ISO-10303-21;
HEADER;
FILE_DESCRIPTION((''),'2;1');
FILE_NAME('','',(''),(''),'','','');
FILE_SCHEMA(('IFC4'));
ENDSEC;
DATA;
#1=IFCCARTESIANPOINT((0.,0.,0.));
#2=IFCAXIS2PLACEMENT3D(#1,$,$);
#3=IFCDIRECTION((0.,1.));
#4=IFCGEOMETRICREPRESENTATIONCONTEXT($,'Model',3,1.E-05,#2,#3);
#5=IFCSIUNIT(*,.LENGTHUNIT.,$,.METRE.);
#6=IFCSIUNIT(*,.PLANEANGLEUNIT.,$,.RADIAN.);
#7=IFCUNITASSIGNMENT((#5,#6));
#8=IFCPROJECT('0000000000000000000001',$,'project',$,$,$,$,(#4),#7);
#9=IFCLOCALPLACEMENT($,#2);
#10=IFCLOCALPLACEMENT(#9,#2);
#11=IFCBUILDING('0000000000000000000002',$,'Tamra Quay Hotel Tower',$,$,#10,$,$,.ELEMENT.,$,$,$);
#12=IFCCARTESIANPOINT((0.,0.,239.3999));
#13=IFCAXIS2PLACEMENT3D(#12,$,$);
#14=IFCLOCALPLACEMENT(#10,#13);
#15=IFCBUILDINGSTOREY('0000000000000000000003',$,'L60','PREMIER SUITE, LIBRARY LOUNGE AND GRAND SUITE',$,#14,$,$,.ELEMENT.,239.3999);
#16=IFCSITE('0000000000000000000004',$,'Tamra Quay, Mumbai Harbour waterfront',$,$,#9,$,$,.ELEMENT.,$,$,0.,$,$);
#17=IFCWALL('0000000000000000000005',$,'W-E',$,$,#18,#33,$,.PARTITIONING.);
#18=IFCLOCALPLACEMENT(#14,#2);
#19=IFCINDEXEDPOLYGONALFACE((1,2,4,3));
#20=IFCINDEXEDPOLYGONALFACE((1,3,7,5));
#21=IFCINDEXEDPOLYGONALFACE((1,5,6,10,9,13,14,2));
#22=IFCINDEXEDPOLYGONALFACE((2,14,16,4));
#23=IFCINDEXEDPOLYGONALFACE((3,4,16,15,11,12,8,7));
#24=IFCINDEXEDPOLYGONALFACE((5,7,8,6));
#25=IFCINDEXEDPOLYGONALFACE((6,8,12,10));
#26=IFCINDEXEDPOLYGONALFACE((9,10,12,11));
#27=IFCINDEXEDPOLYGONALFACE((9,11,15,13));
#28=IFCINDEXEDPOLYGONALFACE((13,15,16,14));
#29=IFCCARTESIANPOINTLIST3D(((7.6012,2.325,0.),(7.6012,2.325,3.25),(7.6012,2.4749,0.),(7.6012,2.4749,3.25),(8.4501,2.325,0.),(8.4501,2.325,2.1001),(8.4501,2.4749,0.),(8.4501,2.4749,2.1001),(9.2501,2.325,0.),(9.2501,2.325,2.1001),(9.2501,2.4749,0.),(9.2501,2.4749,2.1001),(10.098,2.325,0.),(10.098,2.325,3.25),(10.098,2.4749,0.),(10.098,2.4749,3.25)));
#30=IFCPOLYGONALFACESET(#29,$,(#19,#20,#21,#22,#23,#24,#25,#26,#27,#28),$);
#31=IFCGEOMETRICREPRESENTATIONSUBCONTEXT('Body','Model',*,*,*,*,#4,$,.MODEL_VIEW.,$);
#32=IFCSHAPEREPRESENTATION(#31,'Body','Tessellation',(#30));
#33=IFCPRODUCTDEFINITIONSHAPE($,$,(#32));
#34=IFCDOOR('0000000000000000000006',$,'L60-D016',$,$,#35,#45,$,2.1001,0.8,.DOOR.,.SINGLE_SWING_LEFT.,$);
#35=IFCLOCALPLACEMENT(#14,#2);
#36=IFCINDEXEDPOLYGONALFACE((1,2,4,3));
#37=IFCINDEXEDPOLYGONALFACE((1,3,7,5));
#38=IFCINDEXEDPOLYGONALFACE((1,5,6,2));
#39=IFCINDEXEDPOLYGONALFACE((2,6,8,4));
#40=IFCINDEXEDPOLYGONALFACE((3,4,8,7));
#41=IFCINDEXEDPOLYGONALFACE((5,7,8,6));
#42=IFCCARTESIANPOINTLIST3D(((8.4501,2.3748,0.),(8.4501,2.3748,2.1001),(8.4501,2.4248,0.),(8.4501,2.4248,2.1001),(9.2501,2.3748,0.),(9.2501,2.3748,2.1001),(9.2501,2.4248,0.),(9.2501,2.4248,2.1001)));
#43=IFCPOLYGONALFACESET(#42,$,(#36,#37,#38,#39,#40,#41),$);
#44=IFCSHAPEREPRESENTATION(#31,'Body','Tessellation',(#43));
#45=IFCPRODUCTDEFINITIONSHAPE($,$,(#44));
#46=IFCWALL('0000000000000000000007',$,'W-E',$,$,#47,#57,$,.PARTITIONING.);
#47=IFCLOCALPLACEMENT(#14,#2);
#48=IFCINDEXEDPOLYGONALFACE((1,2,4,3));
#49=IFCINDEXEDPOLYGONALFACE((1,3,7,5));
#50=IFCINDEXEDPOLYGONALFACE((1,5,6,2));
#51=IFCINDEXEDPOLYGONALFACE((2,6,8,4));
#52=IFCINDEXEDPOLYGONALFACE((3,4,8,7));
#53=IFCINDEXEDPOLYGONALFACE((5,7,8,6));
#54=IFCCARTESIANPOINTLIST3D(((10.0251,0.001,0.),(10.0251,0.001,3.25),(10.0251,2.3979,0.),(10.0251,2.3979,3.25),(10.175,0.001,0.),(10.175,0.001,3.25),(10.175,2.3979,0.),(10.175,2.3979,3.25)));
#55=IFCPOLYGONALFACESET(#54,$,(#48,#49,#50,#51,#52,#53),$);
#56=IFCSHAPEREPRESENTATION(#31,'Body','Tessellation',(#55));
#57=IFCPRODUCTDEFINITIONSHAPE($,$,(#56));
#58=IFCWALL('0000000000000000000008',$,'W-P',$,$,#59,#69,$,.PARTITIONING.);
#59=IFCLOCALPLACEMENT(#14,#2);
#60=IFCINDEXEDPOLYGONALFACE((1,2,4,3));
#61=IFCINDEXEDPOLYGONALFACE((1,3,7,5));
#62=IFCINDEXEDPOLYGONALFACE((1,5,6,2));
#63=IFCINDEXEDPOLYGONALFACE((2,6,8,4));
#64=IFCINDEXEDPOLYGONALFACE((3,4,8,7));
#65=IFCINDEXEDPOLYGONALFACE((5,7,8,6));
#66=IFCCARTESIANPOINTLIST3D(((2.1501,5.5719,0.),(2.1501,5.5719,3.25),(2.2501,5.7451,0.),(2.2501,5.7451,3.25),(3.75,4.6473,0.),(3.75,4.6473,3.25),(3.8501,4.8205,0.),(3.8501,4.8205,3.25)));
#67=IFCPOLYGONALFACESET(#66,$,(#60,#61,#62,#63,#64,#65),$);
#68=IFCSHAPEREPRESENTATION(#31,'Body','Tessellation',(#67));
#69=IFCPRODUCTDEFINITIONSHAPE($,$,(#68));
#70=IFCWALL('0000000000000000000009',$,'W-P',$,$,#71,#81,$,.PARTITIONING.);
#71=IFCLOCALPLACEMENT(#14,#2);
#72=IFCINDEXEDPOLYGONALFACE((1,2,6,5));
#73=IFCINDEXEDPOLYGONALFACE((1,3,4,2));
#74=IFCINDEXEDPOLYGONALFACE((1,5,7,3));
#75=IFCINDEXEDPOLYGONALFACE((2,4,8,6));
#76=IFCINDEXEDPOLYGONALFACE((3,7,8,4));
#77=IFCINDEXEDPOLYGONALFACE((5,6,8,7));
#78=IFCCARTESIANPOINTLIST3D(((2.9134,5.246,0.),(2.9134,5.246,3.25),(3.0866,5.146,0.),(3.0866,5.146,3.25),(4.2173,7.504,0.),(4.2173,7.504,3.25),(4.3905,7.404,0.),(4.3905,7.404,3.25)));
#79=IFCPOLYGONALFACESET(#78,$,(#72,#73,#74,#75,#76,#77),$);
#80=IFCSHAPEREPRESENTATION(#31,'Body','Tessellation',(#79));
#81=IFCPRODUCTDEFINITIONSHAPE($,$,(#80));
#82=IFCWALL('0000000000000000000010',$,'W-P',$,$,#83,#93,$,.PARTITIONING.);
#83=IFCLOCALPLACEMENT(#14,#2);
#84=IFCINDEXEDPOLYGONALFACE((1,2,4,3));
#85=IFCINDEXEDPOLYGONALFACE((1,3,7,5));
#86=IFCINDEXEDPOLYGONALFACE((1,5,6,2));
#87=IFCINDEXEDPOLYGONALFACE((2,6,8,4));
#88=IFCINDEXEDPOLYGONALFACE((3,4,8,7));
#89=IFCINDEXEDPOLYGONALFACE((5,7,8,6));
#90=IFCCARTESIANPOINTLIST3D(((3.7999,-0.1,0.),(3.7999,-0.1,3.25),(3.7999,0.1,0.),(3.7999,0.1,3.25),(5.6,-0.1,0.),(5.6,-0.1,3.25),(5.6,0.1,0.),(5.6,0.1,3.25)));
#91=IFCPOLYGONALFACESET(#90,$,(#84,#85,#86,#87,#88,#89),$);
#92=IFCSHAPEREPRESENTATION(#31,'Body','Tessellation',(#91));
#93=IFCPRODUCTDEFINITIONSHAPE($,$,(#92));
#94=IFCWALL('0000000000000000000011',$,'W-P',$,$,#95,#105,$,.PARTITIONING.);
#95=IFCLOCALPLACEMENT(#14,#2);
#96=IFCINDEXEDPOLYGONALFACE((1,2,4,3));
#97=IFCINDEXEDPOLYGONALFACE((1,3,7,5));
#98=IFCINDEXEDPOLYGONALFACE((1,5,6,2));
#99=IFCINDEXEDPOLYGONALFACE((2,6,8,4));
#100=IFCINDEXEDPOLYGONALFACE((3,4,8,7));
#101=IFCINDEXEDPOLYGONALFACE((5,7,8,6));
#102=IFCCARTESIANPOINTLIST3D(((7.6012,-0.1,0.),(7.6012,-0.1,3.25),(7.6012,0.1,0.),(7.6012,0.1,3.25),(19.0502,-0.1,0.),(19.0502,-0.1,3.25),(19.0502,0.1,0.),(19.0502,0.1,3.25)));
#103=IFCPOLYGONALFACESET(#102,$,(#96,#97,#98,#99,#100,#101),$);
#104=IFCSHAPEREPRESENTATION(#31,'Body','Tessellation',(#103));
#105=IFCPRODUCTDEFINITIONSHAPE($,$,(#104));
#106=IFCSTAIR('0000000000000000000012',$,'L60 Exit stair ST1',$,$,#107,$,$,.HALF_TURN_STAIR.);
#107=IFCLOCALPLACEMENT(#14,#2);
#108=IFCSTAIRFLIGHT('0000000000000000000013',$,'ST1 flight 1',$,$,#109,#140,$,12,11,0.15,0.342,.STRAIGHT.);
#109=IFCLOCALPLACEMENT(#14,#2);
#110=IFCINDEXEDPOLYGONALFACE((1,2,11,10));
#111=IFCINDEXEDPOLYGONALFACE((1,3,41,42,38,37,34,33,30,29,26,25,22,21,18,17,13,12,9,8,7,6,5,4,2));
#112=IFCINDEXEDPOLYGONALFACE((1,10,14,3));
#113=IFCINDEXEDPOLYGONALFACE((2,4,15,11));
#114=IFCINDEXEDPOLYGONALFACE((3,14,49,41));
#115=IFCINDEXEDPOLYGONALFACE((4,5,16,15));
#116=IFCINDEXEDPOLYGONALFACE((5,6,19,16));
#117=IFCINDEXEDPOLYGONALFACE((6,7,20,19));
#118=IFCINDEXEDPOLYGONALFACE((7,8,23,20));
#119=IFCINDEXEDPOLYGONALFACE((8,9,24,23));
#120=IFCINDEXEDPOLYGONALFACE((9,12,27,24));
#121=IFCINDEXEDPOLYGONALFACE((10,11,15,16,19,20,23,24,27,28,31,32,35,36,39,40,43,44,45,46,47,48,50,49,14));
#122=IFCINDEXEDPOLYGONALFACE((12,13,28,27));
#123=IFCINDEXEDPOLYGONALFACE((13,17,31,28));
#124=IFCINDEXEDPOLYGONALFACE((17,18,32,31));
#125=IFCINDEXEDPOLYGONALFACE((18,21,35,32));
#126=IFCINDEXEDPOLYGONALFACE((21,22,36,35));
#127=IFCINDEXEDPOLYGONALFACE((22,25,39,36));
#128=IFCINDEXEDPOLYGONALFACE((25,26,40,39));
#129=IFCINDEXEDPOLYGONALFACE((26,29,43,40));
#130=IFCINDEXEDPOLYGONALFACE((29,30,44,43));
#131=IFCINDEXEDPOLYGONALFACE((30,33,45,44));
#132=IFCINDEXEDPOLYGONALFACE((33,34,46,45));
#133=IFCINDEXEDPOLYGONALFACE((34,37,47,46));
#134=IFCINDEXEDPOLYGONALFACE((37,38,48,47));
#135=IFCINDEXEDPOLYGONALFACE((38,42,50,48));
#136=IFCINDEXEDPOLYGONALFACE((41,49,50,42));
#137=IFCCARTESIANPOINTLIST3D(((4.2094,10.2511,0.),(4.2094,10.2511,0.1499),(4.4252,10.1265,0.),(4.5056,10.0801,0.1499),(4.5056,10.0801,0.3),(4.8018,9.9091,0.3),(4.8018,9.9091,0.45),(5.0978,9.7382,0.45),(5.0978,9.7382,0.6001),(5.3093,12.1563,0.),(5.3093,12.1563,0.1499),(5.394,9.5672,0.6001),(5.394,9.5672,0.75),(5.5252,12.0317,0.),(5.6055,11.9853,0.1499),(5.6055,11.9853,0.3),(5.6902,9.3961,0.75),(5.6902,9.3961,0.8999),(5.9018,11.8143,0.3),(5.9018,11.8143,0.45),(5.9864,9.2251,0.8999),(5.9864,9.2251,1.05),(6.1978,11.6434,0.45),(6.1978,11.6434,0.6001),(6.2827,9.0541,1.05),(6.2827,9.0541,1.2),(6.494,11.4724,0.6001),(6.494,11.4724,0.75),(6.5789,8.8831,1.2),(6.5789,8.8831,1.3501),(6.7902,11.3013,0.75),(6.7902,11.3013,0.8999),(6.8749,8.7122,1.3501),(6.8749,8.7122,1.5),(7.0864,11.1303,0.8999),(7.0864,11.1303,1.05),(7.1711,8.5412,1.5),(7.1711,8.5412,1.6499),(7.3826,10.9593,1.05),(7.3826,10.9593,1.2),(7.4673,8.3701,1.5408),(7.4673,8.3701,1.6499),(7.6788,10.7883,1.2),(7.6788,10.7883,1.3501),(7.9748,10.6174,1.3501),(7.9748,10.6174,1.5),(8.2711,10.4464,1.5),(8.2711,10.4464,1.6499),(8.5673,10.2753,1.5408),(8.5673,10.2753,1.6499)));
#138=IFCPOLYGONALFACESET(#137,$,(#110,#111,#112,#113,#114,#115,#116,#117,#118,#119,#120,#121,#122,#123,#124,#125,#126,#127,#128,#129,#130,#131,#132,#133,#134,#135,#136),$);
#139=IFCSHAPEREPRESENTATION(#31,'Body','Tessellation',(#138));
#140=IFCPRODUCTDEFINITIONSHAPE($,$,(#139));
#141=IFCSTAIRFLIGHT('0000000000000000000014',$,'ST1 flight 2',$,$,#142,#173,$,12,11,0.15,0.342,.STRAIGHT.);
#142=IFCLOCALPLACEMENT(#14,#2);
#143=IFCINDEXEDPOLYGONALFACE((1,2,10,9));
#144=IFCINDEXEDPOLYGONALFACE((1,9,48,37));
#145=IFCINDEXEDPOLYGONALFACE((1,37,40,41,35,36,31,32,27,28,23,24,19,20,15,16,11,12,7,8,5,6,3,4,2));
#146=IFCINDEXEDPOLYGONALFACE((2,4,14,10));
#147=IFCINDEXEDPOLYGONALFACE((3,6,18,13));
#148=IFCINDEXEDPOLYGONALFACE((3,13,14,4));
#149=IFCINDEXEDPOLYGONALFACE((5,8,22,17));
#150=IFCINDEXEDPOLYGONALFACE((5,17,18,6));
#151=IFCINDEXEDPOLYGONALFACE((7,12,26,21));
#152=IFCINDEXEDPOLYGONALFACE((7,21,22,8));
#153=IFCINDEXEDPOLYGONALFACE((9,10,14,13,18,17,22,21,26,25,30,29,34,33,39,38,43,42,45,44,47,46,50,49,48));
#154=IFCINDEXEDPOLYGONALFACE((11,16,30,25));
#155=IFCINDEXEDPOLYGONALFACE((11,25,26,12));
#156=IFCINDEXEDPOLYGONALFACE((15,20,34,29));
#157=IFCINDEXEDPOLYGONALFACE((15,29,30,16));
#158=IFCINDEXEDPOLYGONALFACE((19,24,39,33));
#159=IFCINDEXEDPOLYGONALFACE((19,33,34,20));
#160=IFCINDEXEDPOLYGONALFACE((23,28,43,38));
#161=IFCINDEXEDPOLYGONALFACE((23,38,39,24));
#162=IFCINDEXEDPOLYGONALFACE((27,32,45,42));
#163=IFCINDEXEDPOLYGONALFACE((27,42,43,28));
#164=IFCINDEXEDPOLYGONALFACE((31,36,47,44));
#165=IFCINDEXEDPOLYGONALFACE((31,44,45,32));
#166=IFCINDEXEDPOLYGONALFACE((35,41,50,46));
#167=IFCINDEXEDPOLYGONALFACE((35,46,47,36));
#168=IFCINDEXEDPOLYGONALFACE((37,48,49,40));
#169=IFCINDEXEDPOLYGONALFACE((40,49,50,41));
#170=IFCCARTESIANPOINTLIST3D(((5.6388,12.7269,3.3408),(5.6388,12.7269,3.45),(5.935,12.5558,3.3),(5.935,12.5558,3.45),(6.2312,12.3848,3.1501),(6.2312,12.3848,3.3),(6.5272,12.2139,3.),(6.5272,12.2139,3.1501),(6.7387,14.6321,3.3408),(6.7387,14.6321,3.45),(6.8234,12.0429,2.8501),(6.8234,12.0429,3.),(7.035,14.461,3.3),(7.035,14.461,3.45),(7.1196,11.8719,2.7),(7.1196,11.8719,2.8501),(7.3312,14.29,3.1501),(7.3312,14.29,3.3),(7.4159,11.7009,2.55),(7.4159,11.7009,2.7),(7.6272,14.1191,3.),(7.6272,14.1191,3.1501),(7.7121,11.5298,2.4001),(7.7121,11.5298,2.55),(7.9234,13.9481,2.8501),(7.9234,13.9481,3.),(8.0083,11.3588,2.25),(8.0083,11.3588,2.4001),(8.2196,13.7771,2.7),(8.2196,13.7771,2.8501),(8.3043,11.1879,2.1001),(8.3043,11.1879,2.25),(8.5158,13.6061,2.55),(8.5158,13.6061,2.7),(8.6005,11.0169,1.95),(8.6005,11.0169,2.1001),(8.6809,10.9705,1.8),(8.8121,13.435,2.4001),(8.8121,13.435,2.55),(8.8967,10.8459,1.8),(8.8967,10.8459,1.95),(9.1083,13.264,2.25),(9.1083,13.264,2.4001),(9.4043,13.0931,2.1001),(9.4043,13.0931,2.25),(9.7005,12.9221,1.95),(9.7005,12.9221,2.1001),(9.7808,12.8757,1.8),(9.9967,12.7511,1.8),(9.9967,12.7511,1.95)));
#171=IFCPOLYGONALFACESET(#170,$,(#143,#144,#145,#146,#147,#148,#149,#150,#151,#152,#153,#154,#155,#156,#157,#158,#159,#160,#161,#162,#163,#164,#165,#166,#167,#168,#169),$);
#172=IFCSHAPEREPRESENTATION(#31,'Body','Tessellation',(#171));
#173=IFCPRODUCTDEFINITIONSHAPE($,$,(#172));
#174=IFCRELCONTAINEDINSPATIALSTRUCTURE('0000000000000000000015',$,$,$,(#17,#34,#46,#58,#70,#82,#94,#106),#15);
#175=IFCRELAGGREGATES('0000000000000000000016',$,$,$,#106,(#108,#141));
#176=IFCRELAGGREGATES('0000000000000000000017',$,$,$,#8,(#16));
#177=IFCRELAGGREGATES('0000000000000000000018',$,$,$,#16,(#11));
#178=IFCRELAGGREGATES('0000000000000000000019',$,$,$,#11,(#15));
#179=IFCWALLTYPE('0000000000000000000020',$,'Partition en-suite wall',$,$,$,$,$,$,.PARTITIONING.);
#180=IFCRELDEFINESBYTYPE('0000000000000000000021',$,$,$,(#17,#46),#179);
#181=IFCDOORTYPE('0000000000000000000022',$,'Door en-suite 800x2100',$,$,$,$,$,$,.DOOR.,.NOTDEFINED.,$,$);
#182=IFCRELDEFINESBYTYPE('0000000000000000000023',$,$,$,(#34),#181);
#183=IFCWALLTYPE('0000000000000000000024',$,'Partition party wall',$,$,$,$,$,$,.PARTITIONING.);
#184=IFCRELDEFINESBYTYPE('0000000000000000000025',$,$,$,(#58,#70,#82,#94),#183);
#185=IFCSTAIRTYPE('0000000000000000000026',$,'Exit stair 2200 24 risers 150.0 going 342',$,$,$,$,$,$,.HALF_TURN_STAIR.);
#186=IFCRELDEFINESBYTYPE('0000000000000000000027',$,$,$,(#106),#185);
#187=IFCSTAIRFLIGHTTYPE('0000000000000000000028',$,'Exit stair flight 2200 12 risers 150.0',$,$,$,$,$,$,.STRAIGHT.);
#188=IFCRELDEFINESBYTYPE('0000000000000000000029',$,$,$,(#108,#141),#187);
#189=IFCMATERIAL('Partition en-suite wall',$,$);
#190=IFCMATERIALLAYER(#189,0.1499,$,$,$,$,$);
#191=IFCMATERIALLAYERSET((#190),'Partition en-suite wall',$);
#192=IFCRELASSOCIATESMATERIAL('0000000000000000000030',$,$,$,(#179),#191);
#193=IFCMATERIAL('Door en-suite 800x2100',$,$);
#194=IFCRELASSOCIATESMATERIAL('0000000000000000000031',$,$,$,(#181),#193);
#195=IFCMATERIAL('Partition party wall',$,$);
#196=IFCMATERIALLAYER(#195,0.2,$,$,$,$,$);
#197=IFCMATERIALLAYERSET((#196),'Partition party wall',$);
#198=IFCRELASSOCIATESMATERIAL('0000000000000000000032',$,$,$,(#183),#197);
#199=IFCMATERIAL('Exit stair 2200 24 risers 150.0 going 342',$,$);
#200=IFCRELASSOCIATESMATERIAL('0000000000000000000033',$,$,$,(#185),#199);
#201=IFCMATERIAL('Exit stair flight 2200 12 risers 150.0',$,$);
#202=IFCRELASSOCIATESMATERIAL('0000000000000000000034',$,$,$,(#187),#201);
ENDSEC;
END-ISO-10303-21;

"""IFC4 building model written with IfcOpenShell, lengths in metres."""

from ifc_helpers import new_model, si_unit, direction, frame, frame_2d, origin, place, context, subcontext, project, spatial, polyline, rectangle, outline, extrude, material, layer, layer_set, type_object, element, fill, aggregate, save


model = new_model("IFC4")

# Units and contexts
model_context = context("Model", 3, precision=1e-05, world=origin(), true_north=direction((0.0, 1.0)))
body_context = subcontext(model_context, "Body", "Model", "MODEL_VIEW")
ifc_project = project(units=[si_unit("LENGTHUNIT", "METRE"), si_unit("PLANEANGLEUNIT", "RADIAN")], contexts=[model_context])

# Site, building, storey
site_placement = place(None, origin())
site = spatial("IfcSite", under=ifc_project, at=site_placement, Name="Tamra Quay, Mumbai Harbour waterfront", CompositionType="ELEMENT", RefElevation=0.0)
building_placement = place(site_placement, origin())
building = spatial("IfcBuilding", under=site, at=building_placement, Name="Tamra Quay Hotel Tower", CompositionType="ELEMENT")
storey_placement = place(building_placement, frame((0.0, 0.0, 239.3999)))
storey = spatial("IfcBuildingStorey", under=building, at=storey_placement, Name="L60", Description="PREMIER SUITE, LIBRARY LOUNGE AND GRAND SUITE", CompositionType="ELEMENT", Elevation=239.3999)

# Wall, opening, door
ifc_material_1 = material(Name="Partition en-suite wall")
ifc_layer_1 = layer(ifc_material_1, 0.1499)
ifc_layer_set_1 = layer_set([ifc_layer_1], Name="Partition en-suite wall")
wall_type_1 = type_object("IfcWallType", Name="Partition en-suite wall", PredefinedType="PARTITIONING", material=ifc_layer_set_1)
wall_1_placement = place(storey_placement, frame((7.6011, 2.3999, 0.0), z_axis=(0.0, 0.0, 1.0), x_axis=(1.0, 0.0, 0.0)))
wall_1 = element("IfcWall", 1, at=wall_1_placement, inside=storey, type_object=wall_type_1, Name="W-E", PredefinedType="PARTITIONING", context=body_context, shape_type="SweptSolid", body=[
    extrude(rectangle(XDim=2.4968, YDim=0.1499, at=frame_2d((1.2485, 0.0))), origin(), (0.0, 0.0, 1.0), 3.25),
])
opening_1_placement = place(wall_1_placement, frame((0.8491, 0.0, 0.0)))
opening_1 = element("IfcOpeningElement", 2, at=opening_1_placement, cuts=wall_1, PredefinedType="OPENING", context=body_context, shape_type="SweptSolid", body=[
    extrude(rectangle(XDim=0.8, YDim=2.1001, at=frame_2d((0.3999, 1.05))), frame((0.0, 0.085, 0.0), z_axis=(0.0, -1.0, 0.0), x_axis=(1.0, 0.0, 0.0)), (0.0, 0.0, 1.0), 0.1699),
])
ifc_material_2 = material(Name="Door en-suite 800x2100")
door_type_1 = type_object("IfcDoorType", Name="Door en-suite 800x2100", OperationType="NOTDEFINED", PredefinedType="DOOR", material=ifc_material_2)
door_1_placement = place(opening_1_placement, origin())
door_1 = element("IfcDoor", 3, at=door_1_placement, inside=storey, type_object=door_type_1, Name="L60-D016", OperationType="SINGLE_SWING_LEFT", OverallHeight=2.1001, OverallWidth=0.8, PredefinedType="DOOR", context=body_context, shape_type="SweptSolid", body=[
    extrude(rectangle(XDim=0.8, YDim=2.1001, at=frame_2d((0.3999, 1.05))), frame((0.0, 0.0249, 0.0), z_axis=(0.0, -1.0, 0.0), x_axis=(1.0, 0.0, 0.0)), (0.0, 0.0, 1.0), 0.05),
])
fill(opening_1, door_1)

# Walls
wall_2_placement = place(storey_placement, frame((10.1001, 0.001, 0.0), z_axis=(0.0, 0.0, 1.0), x_axis=(0.0, 1.0, 0.0)))
element("IfcWall", 4, at=wall_2_placement, inside=storey, type_object=wall_type_1, Name="W-E", PredefinedType="PARTITIONING", context=body_context, shape_type="SweptSolid", body=[
    extrude(rectangle(XDim=2.397, YDim=0.1499, at=frame_2d((1.1985, 0.0))), origin(), (0.0, 0.0, 1.0), 3.25),
])
ifc_material_3 = material(Name="Partition party wall")
ifc_layer_2 = layer(ifc_material_3, 0.2)
ifc_layer_set_2 = layer_set([ifc_layer_2], Name="Partition party wall")
wall_type_2 = type_object("IfcWallType", Name="Partition party wall", PredefinedType="PARTITIONING", material=ifc_layer_set_2)
wall_3_placement = place(storey_placement, frame((2.2002, 5.6584, 0.0), z_axis=(0.0, 0.0, 1.0), x_axis=(0.865818, -0.500359, 0.0)))
element("IfcWall", 5, at=wall_3_placement, inside=storey, type_object=wall_type_2, Name="W-P", PredefinedType="PARTITIONING", context=body_context, shape_type="SweptSolid", body=[
    extrude(rectangle(XDim=1.8479, YDim=0.2, at=frame_2d((0.9238, 0.0))), origin(), (0.0, 0.0, 1.0), 3.25),
])
wall_4_placement = place(storey_placement, frame((3.0, 5.196, 0.0), z_axis=(0.0, 0.0, 1.0), x_axis=(0.500076, 0.865981, 0.0)))
element("IfcWall", 6, at=wall_4_placement, inside=storey, type_object=wall_type_2, Name="W-P", PredefinedType="PARTITIONING", context=body_context, shape_type="SweptSolid", body=[
    extrude(rectangle(XDim=2.6074, YDim=0.2, at=frame_2d((1.3037, 0.0))), origin(), (0.0, 0.0, 1.0), 3.25),
])
wall_5_placement = place(storey_placement, frame((3.8, 0.0, 0.0), z_axis=(0.0, 0.0, 1.0), x_axis=(1.0, 0.0, 0.0)))
element("IfcWall", 7, at=wall_5_placement, inside=storey, type_object=wall_type_2, Name="W-P", PredefinedType="PARTITIONING", context=body_context, shape_type="SweptSolid", body=[
    extrude(rectangle(XDim=1.8, YDim=0.2, at=frame_2d((0.8999, 0.0))), origin(), (0.0, 0.0, 1.0), 3.25),
])
wall_6_placement = place(storey_placement, frame((7.6011, 0.0, 0.0), z_axis=(0.0, 0.0, 1.0), x_axis=(1.0, 0.0, 0.0)))
element("IfcWall", 8, at=wall_6_placement, inside=storey, type_object=wall_type_2, Name="W-P", PredefinedType="PARTITIONING", context=body_context, shape_type="SweptSolid", body=[
    extrude(rectangle(XDim=11.449, YDim=0.2, at=frame_2d((5.7246, 0.0))), origin(), (0.0, 0.0, 1.0), 3.25),
])

# Stair, stair flights
ifc_material_4 = material(Name="Exit stair 2200 24 risers 150.0 going 342")
stair_type = type_object("IfcStairType", Name="Exit stair 2200 24 risers 150.0 going 342", PredefinedType="HALF_TURN_STAIR", material=ifc_material_4)
stair_placement = place(storey_placement, origin())
stair = element("IfcStair", 9, at=stair_placement, inside=storey, type_object=stair_type, Name="L60 Exit stair ST1", PredefinedType="HALF_TURN_STAIR")
ifc_material_5 = material(Name="Exit stair flight 2200 12 risers 150.0")
stair_flight_type = type_object("IfcStairFlightType", Name="Exit stair flight 2200 12 risers 150.0", PredefinedType="STRAIGHT", material=ifc_material_5)
stair_flight_1_placement = place(storey_placement, frame((4.7593, 11.2036, 0.0), z_axis=(0.0, 0.0, 1.0), x_axis=(0.866025, -0.5, 0.0)))
stair_flight_1 = element("IfcStairFlight", 10, at=stair_flight_1_placement, type_object=stair_flight_type, Name="ST1 flight 1", NumberOfRisers=12, NumberOfTreads=11, PredefinedType="STRAIGHT", RiserHeight=0.15, TreadLength=0.342, context=body_context, shape_type="SweptSolid", body=[
    extrude(outline(polyline([(0.0, 0.0), (0.0, 0.1499), (0.342, 0.1499), (0.342, 0.3), (0.6841, 0.3), (0.6841, 0.45), (1.0259, 0.45), (1.0259, 0.6001), (1.3679, 0.6001), (1.3679, 0.75), (1.71, 0.75), (1.71, 0.8999), (2.052, 0.8999), (2.052, 1.05), (2.394, 1.05), (2.394, 1.2), (2.7361, 1.2), (2.7361, 1.3501), (3.0779, 1.3501), (3.0779, 1.5), (3.4199, 1.5), (3.4199, 1.6499), (3.762, 1.6499), (3.762, 1.8), (3.762, 1.5408), (0.2493, 0.0), (0.0, 0.0)])), frame((0.0, 1.1001, 0.0), z_axis=(0.0, -1.0, 0.0), x_axis=(1.0, 0.0, 0.0)), (0.0, 0.0, 1.0), 2.2),
])
stair_flight_2_placement = place(storey_placement, frame((9.4468, 11.7986, 1.8), z_axis=(0.0, 0.0, 1.0), x_axis=(-0.866025, 0.5, 0.0)))
stair_flight_2 = element("IfcStairFlight", 11, at=stair_flight_2_placement, type_object=stair_flight_type, Name="ST1 flight 2", NumberOfRisers=12, NumberOfTreads=11, PredefinedType="STRAIGHT", RiserHeight=0.15, TreadLength=0.342, context=body_context, shape_type="SweptSolid", body=[
    extrude(outline(polyline([(0.0, 0.0), (0.0, 0.1499), (0.342, 0.1499), (0.342, 0.3), (0.6841, 0.3), (0.6841, 0.45), (1.0259, 0.45), (1.0259, 0.6001), (1.3679, 0.6001), (1.3679, 0.75), (1.71, 0.75), (1.71, 0.8999), (2.052, 0.8999), (2.052, 1.05), (2.394, 1.05), (2.394, 1.2), (2.7361, 1.2), (2.7361, 1.3501), (3.0779, 1.3501), (3.0779, 1.5), (3.4199, 1.5), (3.4199, 1.6499), (3.762, 1.6499), (3.762, 1.8), (3.762, 1.5408), (0.2493, 0.0), (0.0, 0.0)])), frame((0.0, 1.1001, 0.0), z_axis=(0.0, -1.0, 0.0), x_axis=(1.0, 0.0, 0.0)), (0.0, 0.0, 1.0), 2.2),
])
aggregate(stair, [stair_flight_1, stair_flight_2])

save(model, "model.ifc")
